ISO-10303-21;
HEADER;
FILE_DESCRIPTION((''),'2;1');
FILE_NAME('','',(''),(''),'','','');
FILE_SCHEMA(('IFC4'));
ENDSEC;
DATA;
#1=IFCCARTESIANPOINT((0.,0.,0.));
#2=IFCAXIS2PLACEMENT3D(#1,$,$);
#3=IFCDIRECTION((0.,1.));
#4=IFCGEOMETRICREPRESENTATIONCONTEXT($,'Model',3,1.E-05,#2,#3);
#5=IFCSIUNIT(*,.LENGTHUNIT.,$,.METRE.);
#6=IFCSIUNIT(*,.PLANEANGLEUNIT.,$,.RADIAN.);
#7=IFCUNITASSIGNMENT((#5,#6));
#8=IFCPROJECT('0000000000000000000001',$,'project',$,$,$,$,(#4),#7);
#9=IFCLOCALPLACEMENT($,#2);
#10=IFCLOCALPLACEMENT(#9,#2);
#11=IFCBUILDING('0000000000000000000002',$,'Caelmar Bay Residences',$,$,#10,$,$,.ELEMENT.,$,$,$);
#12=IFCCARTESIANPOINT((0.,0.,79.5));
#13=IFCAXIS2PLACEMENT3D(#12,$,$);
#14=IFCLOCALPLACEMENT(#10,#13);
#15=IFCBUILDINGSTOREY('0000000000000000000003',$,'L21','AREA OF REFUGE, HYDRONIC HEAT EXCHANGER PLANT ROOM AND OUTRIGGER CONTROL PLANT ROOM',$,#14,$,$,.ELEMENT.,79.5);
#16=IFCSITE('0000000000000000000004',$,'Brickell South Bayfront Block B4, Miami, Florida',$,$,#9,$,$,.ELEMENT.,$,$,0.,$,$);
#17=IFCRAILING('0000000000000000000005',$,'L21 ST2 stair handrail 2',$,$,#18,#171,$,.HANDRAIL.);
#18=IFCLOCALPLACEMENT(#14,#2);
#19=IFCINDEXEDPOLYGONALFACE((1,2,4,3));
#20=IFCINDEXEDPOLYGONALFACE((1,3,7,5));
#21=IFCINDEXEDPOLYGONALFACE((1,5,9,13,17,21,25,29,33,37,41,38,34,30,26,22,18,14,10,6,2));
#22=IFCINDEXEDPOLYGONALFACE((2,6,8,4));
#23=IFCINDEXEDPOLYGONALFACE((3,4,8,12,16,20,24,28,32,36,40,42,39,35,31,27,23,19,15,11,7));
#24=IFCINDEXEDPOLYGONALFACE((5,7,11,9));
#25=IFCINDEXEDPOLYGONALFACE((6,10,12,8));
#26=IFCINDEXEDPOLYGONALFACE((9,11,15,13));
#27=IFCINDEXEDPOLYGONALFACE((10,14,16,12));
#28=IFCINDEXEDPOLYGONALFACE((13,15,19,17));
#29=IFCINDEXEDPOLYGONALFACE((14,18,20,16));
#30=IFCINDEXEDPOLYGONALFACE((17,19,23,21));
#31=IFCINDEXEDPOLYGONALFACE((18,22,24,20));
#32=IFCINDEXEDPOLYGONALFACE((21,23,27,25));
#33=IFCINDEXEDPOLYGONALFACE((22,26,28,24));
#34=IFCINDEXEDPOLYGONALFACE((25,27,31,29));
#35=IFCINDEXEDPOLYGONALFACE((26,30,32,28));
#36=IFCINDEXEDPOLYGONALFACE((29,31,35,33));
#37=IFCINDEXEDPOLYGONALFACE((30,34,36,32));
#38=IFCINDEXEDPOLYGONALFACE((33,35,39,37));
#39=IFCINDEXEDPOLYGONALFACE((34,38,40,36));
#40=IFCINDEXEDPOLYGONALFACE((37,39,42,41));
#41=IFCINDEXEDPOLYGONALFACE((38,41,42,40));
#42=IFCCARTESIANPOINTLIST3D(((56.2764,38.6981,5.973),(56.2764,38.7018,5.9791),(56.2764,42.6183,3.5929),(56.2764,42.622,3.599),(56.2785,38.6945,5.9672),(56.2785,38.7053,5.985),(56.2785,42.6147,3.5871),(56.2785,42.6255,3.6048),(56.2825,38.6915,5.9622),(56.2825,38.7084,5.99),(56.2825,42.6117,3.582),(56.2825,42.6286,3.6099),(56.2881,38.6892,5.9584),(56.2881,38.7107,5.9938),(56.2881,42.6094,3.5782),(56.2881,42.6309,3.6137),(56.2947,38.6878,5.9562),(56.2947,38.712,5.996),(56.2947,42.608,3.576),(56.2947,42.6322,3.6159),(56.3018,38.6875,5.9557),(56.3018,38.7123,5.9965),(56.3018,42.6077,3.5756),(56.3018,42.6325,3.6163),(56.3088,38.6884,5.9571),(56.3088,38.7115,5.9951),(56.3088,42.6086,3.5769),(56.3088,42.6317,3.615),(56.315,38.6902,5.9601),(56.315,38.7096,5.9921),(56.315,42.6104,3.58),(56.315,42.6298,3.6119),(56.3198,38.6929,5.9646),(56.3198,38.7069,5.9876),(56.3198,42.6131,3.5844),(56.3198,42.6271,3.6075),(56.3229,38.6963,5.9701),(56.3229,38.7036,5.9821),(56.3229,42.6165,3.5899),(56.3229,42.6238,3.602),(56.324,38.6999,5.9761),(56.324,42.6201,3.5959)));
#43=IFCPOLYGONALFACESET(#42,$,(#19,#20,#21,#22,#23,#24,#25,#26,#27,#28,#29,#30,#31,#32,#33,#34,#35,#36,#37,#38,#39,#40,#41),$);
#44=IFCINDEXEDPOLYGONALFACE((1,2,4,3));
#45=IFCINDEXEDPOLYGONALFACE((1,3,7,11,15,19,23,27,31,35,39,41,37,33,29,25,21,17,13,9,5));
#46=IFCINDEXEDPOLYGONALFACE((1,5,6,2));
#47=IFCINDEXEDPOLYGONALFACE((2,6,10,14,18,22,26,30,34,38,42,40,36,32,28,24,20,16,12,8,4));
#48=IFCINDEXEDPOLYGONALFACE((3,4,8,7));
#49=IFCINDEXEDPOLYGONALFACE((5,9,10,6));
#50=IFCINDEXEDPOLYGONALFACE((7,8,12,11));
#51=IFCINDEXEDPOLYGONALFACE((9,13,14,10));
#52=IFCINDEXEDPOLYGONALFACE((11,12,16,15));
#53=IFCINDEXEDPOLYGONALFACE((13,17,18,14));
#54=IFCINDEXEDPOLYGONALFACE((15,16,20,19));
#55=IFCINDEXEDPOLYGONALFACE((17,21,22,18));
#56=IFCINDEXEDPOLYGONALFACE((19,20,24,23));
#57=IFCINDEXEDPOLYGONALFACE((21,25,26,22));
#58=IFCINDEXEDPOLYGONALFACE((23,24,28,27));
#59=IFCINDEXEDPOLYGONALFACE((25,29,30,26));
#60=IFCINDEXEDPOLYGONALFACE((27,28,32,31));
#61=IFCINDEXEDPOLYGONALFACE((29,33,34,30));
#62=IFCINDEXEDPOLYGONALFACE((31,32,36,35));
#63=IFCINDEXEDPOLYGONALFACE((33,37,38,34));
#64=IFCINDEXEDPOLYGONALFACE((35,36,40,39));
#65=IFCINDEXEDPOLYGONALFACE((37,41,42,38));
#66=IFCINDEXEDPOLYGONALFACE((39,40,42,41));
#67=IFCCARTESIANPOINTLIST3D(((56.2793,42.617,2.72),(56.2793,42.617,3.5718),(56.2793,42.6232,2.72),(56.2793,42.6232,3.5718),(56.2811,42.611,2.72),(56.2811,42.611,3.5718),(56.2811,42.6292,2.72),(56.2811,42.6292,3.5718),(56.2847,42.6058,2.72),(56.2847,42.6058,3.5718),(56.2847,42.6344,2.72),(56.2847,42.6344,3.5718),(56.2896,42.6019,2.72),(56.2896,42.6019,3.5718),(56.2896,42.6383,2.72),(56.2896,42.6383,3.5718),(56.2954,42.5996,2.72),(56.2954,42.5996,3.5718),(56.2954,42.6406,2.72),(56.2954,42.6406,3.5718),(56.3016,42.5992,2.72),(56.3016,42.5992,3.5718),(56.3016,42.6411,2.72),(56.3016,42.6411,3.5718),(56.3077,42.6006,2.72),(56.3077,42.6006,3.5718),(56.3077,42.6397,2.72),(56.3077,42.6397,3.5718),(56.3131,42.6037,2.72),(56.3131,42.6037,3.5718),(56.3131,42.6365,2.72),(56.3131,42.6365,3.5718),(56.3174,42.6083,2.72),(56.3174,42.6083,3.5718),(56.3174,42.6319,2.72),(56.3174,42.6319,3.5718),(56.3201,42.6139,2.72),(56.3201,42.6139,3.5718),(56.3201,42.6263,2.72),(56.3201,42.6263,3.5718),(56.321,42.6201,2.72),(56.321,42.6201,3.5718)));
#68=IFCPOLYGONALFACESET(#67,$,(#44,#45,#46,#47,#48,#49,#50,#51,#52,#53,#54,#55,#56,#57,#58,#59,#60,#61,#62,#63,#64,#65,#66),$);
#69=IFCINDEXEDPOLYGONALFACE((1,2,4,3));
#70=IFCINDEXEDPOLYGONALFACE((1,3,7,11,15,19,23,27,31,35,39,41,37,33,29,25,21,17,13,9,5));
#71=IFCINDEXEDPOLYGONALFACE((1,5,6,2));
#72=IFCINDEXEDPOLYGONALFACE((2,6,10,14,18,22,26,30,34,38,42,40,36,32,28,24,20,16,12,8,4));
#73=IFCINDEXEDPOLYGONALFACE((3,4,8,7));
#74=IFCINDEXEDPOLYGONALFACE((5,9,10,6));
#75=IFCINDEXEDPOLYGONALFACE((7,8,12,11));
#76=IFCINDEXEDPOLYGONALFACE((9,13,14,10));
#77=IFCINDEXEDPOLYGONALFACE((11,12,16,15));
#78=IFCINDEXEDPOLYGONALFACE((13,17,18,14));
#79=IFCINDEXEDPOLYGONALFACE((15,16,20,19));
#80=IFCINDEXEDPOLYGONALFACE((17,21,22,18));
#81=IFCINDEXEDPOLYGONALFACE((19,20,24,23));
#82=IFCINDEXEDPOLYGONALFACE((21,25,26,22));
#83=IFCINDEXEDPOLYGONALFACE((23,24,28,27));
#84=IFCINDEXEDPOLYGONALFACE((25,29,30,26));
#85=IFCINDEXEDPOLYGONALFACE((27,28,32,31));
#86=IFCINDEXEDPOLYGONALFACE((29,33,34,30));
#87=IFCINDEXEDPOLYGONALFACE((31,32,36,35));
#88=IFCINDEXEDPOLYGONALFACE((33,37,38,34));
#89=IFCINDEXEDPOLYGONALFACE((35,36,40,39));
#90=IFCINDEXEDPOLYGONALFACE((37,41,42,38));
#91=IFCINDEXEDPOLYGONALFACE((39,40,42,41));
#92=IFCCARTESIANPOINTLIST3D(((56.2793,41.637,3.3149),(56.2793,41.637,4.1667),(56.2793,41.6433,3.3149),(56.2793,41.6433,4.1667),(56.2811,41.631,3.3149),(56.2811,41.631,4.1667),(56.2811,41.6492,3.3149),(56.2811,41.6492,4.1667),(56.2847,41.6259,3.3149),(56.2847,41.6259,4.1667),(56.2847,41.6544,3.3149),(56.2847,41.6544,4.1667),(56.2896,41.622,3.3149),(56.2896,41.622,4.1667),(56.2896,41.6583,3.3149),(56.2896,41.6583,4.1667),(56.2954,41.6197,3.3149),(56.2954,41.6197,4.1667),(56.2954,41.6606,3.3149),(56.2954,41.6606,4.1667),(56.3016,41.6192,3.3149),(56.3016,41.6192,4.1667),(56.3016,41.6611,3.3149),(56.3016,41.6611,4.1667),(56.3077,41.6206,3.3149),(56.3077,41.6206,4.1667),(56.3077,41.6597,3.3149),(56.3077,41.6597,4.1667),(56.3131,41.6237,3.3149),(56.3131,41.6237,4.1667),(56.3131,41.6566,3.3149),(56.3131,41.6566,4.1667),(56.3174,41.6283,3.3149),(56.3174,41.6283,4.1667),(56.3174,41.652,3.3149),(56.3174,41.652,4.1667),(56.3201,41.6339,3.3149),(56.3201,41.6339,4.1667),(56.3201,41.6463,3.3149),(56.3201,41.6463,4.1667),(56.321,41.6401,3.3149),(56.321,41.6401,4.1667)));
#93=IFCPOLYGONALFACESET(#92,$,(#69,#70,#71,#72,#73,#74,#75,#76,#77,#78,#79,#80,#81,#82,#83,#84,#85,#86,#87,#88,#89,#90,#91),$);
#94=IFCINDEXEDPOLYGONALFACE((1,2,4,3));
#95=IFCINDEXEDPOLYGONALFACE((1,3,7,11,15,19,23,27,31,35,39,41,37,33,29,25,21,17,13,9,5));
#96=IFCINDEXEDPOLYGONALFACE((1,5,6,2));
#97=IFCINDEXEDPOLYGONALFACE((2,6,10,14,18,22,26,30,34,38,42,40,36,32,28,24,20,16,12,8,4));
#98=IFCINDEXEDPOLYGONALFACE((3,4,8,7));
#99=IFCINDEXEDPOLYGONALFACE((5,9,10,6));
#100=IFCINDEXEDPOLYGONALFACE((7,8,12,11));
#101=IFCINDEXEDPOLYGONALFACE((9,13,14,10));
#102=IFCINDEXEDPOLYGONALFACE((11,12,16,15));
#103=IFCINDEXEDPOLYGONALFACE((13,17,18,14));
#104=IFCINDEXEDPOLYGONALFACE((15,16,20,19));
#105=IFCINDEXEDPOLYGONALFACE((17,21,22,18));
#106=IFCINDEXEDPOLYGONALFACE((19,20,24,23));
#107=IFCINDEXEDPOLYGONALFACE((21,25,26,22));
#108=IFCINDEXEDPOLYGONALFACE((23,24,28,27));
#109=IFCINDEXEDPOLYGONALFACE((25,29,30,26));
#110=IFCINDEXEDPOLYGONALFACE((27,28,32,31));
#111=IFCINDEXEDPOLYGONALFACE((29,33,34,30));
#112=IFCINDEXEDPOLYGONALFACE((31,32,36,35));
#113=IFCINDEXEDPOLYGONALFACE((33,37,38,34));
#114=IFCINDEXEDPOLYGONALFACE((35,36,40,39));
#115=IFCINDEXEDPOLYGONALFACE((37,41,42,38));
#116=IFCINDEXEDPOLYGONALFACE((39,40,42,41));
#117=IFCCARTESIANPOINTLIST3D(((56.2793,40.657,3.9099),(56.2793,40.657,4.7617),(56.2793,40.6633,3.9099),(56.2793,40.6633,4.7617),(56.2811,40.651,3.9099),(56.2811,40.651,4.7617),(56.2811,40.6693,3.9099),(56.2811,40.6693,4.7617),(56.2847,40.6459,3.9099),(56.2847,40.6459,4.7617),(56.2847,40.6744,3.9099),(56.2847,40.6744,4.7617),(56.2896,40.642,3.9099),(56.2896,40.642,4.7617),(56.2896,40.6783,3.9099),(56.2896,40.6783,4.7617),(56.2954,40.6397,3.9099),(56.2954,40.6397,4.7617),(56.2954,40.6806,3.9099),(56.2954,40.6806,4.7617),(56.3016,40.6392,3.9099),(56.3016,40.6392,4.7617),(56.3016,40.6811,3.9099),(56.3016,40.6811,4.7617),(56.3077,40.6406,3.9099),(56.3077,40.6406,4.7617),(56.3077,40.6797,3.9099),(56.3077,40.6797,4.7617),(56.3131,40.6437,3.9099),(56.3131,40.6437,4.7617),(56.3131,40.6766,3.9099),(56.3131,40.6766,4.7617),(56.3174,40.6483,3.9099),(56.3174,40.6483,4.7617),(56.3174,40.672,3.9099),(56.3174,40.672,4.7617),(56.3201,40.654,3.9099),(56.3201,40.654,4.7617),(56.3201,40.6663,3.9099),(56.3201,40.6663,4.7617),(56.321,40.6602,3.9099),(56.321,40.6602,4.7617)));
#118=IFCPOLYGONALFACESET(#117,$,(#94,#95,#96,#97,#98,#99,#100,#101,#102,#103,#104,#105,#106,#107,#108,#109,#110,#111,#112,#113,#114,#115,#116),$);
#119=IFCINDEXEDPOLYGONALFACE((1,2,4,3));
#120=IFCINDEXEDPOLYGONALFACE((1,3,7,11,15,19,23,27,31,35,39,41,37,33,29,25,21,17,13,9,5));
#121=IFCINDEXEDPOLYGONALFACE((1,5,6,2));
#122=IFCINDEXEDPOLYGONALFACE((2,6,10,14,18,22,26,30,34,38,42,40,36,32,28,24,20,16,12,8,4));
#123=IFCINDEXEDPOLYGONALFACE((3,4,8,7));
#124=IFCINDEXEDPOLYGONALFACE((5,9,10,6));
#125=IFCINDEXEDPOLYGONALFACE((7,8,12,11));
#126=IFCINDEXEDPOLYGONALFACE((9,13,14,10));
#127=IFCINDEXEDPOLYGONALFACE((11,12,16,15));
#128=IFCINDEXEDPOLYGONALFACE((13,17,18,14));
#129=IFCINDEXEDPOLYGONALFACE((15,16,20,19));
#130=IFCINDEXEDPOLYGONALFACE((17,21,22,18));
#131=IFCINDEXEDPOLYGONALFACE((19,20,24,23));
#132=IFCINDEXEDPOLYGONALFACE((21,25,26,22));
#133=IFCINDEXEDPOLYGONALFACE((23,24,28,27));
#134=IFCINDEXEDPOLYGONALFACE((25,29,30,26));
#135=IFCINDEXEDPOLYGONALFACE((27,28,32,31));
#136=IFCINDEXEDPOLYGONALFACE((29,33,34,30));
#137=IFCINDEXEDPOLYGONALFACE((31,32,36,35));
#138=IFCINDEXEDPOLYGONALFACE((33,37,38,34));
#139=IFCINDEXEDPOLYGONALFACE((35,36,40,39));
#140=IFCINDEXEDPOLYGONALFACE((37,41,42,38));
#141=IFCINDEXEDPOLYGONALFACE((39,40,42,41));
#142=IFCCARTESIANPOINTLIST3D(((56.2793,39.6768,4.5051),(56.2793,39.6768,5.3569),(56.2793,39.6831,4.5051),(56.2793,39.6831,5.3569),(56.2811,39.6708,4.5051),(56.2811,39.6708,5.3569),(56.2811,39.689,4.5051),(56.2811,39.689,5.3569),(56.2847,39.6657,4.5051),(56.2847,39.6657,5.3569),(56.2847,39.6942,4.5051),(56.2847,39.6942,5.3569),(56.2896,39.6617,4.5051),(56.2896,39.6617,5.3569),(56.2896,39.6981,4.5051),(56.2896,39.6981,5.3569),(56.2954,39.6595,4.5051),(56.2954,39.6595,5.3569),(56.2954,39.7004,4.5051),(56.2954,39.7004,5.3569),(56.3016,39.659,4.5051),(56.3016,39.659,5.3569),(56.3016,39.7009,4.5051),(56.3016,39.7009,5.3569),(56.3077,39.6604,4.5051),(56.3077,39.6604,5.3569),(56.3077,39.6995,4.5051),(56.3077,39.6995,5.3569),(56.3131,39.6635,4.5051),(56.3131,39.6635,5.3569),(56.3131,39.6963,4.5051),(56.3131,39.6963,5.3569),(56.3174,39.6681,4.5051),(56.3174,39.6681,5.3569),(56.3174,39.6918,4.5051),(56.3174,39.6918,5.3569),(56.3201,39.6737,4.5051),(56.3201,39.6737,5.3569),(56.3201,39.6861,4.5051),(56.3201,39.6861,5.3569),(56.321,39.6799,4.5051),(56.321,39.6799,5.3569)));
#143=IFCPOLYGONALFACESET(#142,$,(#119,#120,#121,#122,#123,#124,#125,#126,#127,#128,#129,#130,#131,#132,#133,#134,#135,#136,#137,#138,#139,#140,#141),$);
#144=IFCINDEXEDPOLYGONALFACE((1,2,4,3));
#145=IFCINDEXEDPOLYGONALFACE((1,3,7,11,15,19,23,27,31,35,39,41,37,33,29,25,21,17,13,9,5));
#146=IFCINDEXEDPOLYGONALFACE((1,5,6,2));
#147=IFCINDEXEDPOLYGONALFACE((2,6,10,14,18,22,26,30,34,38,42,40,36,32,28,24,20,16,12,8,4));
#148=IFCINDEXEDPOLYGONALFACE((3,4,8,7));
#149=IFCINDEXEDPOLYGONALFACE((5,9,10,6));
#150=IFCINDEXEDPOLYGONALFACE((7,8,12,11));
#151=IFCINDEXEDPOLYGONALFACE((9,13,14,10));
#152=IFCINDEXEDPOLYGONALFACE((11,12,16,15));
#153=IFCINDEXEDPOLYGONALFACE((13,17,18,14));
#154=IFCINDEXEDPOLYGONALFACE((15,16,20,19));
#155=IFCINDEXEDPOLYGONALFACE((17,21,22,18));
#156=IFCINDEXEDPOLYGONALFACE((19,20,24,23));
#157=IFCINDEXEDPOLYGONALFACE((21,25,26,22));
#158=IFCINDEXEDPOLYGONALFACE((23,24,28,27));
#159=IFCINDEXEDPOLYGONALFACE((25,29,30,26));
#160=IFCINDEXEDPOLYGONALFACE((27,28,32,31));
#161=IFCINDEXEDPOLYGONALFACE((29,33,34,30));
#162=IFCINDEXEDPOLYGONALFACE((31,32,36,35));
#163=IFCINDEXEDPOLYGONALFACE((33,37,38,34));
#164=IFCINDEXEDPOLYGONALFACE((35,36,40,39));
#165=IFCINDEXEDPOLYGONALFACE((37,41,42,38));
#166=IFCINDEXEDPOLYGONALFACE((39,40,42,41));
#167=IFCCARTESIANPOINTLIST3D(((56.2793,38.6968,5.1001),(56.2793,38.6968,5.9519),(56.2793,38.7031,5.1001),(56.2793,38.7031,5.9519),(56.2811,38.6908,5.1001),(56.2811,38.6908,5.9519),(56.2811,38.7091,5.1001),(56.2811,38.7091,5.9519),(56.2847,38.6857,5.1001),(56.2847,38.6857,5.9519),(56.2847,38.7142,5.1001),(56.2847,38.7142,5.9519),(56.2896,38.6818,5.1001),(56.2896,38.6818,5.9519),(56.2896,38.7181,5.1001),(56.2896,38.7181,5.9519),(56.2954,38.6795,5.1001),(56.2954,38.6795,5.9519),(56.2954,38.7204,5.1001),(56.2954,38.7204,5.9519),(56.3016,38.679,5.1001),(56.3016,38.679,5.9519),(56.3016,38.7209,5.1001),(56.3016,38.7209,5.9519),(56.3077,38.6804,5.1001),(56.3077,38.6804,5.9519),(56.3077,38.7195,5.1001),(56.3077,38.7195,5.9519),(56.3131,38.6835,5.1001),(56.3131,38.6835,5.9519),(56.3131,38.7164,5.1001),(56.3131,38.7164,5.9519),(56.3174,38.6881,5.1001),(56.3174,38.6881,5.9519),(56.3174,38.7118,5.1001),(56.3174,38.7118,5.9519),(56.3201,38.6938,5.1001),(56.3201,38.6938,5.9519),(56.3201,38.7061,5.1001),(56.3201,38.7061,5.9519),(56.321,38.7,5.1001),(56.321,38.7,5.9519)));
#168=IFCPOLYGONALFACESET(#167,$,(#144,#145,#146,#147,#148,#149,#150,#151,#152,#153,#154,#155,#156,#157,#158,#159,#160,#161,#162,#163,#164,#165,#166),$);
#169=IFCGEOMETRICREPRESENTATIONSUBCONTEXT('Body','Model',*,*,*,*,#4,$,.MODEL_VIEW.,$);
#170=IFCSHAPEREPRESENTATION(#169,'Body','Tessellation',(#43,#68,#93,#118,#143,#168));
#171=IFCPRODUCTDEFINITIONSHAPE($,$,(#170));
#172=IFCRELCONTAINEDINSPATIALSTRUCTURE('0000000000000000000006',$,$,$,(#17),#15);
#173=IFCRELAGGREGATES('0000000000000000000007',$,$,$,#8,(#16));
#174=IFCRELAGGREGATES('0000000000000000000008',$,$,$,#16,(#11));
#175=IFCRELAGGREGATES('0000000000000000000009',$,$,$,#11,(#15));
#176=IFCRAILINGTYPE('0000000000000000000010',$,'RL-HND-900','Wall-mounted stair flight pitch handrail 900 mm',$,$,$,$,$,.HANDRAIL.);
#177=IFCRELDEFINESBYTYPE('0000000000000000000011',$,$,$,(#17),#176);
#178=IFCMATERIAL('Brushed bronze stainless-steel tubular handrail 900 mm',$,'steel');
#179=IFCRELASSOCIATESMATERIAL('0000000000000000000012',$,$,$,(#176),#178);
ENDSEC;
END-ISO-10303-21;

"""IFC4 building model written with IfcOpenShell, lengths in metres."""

from ifc_helpers import new_model, si_unit, direction, frame, origin, origin_2d, place, context, subcontext, project, spatial, circle, extrude, material, type_object, element, save


model = new_model("IFC4")

# Units and contexts
model_context = context("Model", 3, precision=1e-05, world=origin(), true_north=direction((0.0, 1.0)))
body_context = subcontext(model_context, "Body", "Model", "MODEL_VIEW")
ifc_project = project(units=[si_unit("LENGTHUNIT", "METRE"), si_unit("PLANEANGLEUNIT", "RADIAN")], contexts=[model_context])

# Site, building, storey
site_placement = place(None, origin())
site = spatial("IfcSite", under=ifc_project, at=site_placement, Name="Brickell South Bayfront Block B4, Miami, Florida", CompositionType="ELEMENT", RefElevation=0.0)
building_placement = place(site_placement, origin())
building = spatial("IfcBuilding", under=site, at=building_placement, Name="Caelmar Bay Residences", CompositionType="ELEMENT")
storey_placement = place(building_placement, frame((0.0, 0.0, 79.5)))
storey = spatial("IfcBuildingStorey", under=building, at=storey_placement, Name="L21", Description="AREA OF REFUGE, HYDRONIC HEAT EXCHANGER PLANT ROOM AND OUTRIGGER CONTROL PLANT ROOM", CompositionType="ELEMENT", Elevation=79.5)

# Railing
ifc_material_1 = material(Name="Brushed bronze stainless-steel tubular handrail 900 mm", Category="steel")
railing_type_1 = type_object("IfcRailingType", Name="RL-HND-900", Description="Wall-mounted stair flight pitch handrail 900 mm", PredefinedType="HANDRAIL", material=ifc_material_1)
railing_1_placement = place(storey_placement, frame((56.3, 42.6201, 2.72)))
element("IfcRailing", 1, at=railing_1_placement, inside=storey, type_object=railing_type_1, Name="L21 ST2 stair handrail 2", PredefinedType="HANDRAIL", context=body_context, shape_type="SweptSolid", body=[
    extrude(circle(Radius=0.0239, at=origin_2d()), frame((0.0, 0.0, 0.876), z_axis=(0.0, -0.854785, 0.518982), x_axis=(1.0, 0.0, 0.0)), (0.0, 0.0, 1.0), 4.5862),
    extrude(circle(Radius=0.021, at=origin_2d()), origin(), (0.0, 0.0, 1.0), 0.8518),
    extrude(circle(Radius=0.021, at=origin_2d()), frame((0.0, -0.98, 0.595)), (0.0, 0.0, 1.0), 0.8518),
    extrude(circle(Radius=0.021, at=origin_2d()), frame((0.0, -1.96, 1.1899)), (0.0, 0.0, 1.0), 0.8518),
    extrude(circle(Radius=0.021, at=origin_2d()), frame((0.0, -2.9402, 1.7852)), (0.0, 0.0, 1.0), 0.8518),
    extrude(circle(Radius=0.021, at=origin_2d()), frame((0.0, -3.9202, 2.3801)), (0.0, 0.0, 1.0), 0.8518),
])

save(model, "model.ifc")
